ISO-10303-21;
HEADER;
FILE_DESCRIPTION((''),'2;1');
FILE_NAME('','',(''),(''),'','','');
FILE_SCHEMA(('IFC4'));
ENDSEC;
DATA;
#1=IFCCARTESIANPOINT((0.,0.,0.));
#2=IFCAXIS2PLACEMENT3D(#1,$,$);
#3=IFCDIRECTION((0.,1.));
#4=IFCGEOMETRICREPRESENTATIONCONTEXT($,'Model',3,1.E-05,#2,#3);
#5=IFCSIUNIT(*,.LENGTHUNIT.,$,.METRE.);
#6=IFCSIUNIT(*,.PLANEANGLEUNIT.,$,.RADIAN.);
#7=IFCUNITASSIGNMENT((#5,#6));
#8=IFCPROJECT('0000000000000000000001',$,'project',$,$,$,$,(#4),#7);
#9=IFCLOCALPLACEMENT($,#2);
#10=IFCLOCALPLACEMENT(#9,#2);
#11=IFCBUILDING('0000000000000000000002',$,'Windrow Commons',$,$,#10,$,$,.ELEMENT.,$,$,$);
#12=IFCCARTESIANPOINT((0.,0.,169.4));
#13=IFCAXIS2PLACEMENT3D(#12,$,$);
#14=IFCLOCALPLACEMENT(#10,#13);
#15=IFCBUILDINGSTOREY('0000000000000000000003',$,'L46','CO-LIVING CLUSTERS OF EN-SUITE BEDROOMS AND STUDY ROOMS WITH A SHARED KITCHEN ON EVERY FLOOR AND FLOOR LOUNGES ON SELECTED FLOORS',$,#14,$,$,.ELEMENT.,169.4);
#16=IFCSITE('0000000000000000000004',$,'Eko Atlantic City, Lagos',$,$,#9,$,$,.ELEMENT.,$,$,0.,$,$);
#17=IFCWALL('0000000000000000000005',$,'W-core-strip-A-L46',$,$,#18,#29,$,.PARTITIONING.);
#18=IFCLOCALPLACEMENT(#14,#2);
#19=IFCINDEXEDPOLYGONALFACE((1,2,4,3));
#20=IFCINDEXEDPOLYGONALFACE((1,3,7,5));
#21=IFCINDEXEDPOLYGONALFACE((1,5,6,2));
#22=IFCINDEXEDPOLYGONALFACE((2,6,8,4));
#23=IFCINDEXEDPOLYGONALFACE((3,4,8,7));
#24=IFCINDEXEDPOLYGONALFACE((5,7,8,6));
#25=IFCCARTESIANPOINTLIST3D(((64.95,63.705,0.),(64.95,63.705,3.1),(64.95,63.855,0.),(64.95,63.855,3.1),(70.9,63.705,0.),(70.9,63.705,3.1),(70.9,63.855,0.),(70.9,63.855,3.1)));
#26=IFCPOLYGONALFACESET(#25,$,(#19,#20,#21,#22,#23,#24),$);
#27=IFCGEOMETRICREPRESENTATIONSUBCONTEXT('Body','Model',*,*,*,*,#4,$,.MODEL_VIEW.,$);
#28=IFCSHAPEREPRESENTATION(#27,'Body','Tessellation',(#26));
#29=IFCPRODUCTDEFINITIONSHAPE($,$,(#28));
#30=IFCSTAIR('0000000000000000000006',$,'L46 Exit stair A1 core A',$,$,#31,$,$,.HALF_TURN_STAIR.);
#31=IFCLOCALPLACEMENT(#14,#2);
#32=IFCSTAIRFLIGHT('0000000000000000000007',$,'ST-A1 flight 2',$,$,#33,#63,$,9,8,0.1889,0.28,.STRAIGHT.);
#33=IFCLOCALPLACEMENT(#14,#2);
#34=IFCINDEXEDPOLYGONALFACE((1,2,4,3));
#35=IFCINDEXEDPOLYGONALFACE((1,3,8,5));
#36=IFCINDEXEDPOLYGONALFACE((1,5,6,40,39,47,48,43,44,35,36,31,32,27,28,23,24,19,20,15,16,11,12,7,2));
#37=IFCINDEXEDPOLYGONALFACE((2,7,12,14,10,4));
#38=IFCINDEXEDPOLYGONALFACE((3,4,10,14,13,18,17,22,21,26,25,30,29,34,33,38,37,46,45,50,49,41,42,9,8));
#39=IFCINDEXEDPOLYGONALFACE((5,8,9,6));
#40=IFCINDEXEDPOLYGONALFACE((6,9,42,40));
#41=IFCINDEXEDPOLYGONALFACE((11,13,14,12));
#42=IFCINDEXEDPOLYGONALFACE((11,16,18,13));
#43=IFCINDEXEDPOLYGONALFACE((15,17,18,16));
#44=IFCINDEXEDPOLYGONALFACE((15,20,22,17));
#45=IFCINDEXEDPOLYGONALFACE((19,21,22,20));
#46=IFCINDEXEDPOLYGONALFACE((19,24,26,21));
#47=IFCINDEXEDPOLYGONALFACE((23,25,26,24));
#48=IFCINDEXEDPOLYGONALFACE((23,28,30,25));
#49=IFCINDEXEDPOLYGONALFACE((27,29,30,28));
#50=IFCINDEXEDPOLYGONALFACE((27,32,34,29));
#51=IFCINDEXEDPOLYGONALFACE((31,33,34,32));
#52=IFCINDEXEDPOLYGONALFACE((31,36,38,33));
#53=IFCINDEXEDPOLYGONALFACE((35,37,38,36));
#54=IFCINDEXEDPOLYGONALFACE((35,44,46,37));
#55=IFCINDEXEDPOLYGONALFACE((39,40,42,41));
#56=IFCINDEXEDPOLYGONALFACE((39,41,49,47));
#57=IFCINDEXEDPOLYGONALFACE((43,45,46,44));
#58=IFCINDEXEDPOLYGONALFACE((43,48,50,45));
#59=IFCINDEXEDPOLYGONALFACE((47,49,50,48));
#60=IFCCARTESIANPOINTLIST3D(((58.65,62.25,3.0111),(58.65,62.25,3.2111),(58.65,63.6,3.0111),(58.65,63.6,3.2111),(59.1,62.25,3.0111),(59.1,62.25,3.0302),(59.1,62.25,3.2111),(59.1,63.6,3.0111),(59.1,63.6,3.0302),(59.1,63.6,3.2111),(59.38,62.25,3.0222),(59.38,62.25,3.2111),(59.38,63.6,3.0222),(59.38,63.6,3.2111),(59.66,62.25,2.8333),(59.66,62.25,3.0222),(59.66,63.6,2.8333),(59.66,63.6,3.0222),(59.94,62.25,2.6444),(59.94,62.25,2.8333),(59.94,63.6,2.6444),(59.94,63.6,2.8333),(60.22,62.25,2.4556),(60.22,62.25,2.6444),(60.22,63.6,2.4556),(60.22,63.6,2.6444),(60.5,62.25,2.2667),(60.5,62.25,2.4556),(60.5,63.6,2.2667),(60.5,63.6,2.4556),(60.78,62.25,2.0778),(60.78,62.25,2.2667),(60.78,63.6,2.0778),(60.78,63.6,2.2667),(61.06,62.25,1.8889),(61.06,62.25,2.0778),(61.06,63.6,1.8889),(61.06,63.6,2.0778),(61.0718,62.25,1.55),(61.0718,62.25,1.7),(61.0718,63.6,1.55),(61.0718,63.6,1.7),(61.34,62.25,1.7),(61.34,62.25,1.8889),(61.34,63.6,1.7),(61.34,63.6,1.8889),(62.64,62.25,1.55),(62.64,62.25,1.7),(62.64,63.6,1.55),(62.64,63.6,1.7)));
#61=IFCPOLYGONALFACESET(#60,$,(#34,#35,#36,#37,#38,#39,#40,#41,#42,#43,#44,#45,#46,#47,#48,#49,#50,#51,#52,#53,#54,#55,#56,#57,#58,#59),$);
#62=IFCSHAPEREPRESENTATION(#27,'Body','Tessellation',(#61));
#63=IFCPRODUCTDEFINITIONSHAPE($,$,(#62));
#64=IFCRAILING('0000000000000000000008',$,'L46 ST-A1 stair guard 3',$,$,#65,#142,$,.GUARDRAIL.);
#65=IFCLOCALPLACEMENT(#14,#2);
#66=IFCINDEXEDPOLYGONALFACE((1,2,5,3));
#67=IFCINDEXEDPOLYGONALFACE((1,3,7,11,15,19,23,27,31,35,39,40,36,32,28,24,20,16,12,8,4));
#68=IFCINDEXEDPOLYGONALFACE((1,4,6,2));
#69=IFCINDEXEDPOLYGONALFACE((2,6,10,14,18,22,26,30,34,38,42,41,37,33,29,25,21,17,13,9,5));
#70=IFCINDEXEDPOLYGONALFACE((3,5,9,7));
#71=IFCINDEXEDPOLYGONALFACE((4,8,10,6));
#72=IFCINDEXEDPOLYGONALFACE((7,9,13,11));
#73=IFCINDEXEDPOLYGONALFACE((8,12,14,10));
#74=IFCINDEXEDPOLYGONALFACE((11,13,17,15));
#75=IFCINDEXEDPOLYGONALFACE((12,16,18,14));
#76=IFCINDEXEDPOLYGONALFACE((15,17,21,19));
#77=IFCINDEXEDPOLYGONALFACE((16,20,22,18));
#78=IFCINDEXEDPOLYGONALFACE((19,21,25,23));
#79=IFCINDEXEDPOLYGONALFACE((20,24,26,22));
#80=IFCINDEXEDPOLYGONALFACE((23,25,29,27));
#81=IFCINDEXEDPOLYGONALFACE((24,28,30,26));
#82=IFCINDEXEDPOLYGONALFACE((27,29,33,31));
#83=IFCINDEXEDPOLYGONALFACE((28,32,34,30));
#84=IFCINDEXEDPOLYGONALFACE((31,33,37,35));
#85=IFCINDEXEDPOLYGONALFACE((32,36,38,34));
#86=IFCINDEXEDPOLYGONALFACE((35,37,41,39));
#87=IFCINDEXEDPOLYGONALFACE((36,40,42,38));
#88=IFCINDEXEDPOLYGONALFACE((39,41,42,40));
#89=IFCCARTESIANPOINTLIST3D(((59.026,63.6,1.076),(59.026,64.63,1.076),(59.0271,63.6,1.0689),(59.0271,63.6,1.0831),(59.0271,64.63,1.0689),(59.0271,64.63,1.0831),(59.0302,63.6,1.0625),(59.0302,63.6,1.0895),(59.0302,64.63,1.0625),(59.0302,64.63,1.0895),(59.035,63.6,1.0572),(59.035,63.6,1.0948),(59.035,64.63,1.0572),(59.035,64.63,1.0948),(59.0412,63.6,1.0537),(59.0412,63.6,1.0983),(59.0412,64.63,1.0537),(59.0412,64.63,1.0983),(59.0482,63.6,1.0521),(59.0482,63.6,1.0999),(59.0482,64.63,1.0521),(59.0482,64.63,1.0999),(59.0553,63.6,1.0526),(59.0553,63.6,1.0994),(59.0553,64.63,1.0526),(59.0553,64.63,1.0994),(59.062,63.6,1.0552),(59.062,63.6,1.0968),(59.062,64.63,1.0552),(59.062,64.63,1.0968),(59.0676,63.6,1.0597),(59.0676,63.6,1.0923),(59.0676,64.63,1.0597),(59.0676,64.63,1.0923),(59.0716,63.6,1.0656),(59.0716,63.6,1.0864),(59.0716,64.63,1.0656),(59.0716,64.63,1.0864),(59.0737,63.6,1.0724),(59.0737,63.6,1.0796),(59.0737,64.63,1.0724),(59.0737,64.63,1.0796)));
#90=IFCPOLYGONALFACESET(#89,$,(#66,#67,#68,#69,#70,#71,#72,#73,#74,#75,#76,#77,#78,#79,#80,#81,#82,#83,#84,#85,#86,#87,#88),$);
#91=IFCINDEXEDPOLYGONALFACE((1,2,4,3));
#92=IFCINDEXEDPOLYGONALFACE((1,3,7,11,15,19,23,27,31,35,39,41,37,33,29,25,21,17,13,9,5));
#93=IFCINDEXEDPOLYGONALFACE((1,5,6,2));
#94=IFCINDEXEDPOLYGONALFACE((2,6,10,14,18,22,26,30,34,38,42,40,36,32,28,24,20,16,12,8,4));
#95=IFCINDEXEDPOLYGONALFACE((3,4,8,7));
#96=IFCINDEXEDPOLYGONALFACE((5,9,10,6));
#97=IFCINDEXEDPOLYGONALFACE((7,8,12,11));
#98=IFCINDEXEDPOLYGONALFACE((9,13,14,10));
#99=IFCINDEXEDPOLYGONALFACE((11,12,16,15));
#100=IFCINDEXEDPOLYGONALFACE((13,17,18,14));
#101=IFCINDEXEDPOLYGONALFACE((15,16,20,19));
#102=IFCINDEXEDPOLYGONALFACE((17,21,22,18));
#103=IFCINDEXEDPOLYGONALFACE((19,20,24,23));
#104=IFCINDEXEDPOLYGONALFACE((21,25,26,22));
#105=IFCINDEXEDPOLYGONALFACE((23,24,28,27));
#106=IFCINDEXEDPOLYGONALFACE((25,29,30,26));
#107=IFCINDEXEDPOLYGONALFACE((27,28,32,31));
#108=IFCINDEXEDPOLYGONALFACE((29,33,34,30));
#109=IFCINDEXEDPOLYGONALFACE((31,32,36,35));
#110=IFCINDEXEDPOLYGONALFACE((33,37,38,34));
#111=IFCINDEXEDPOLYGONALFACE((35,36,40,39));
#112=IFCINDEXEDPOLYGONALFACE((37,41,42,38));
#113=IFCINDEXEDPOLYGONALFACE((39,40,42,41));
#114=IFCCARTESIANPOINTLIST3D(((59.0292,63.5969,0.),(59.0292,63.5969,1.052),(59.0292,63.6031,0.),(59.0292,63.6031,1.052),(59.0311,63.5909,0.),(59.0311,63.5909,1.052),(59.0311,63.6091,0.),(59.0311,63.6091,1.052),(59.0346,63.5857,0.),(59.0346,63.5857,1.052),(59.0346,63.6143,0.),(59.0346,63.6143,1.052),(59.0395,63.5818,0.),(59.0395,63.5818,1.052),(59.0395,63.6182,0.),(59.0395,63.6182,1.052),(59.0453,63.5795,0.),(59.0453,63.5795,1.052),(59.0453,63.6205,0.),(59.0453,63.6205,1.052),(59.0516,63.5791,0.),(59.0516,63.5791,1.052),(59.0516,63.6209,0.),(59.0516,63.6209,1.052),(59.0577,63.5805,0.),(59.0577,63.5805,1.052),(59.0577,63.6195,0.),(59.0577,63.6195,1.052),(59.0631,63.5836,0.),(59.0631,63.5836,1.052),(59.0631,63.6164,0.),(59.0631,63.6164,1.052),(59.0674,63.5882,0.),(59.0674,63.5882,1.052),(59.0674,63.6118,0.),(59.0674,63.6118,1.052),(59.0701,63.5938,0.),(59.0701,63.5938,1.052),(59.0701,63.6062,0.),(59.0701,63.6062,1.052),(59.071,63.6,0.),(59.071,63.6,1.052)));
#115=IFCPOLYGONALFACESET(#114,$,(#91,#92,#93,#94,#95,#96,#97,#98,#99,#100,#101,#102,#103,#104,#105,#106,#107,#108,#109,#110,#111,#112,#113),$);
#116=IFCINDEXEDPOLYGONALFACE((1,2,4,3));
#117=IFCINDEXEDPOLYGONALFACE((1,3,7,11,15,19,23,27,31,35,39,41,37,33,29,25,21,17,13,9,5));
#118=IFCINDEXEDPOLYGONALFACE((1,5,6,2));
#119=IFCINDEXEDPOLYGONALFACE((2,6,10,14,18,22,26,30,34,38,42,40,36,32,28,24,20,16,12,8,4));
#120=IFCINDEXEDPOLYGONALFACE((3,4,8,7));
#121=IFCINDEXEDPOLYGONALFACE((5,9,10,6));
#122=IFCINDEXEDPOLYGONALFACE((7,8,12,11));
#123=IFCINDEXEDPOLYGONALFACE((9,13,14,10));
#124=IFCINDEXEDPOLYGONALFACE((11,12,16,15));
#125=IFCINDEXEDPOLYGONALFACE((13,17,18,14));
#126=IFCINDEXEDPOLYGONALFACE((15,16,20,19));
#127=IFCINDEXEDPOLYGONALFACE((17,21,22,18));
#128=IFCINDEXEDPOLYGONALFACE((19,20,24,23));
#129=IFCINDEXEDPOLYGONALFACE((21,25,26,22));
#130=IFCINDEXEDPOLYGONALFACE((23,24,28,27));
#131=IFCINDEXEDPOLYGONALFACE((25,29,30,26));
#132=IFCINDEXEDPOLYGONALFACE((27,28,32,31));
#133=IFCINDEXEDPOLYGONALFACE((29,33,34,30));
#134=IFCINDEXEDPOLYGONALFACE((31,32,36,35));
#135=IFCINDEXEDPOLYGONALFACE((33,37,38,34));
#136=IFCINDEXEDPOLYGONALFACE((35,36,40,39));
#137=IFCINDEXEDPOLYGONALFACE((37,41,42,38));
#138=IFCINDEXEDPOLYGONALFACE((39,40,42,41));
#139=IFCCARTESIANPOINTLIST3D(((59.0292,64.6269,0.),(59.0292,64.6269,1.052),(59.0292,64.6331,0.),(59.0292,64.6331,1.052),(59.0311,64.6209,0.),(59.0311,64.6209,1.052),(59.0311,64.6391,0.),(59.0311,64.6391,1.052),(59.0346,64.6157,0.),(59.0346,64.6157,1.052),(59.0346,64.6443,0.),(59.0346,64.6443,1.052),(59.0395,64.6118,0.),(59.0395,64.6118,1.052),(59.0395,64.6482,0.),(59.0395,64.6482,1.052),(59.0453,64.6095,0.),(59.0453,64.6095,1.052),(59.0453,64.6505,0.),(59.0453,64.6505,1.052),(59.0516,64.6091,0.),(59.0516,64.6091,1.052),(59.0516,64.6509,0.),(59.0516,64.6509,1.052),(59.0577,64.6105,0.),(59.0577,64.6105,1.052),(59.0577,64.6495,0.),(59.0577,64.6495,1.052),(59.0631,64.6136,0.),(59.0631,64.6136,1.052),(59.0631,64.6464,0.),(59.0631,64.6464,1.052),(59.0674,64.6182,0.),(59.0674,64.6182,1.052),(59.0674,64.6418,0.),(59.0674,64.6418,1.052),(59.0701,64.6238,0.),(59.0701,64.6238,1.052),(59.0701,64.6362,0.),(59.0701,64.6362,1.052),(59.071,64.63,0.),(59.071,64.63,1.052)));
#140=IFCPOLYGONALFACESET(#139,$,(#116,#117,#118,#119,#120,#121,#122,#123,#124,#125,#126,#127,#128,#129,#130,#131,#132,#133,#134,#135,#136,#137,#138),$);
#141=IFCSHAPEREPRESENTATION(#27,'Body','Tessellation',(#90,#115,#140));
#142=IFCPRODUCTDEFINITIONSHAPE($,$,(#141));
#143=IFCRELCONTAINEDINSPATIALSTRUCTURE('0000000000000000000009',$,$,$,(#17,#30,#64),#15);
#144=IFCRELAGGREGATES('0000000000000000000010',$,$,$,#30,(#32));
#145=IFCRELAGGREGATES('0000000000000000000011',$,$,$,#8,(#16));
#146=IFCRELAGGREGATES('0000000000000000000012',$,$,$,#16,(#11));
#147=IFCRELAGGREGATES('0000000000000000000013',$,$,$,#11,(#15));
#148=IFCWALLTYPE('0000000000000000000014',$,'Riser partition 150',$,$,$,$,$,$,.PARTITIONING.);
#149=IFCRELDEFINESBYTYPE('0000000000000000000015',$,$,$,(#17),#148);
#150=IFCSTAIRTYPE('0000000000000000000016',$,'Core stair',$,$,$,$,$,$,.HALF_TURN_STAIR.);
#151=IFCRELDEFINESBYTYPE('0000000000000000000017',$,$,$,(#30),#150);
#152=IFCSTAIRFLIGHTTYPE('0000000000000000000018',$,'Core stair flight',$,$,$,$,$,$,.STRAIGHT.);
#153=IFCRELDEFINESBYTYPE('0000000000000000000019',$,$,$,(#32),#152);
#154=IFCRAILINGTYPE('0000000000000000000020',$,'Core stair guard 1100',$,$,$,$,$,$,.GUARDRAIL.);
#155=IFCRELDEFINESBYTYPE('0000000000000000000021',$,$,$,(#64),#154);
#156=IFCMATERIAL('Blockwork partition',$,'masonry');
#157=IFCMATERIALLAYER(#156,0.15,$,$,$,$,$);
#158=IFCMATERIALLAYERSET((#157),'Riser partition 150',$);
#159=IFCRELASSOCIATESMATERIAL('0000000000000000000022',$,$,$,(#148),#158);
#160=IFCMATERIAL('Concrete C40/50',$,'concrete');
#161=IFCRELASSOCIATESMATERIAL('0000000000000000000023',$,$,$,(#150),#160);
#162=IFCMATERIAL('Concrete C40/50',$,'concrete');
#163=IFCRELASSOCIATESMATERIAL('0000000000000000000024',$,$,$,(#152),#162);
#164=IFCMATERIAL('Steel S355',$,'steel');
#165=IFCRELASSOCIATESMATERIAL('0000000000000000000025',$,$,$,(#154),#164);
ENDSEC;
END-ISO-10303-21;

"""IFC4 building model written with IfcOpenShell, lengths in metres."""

from ifc_helpers import new_model, si_unit, direction, frame, frame_2d, origin, origin_2d, place, context, subcontext, project, spatial, polyline, rectangle, circle, outline, extrude, material, layer, layer_set, type_object, element, aggregate, save


model = new_model("IFC4")

# Units and contexts
model_context = context("Model", 3, precision=1e-05, world=origin(), true_north=direction((0.0, 1.0)))
body_context = subcontext(model_context, "Body", "Model", "MODEL_VIEW")
ifc_project = project(units=[si_unit("LENGTHUNIT", "METRE"), si_unit("PLANEANGLEUNIT", "RADIAN")], contexts=[model_context])

# Site, building, storey
site_placement = place(None, origin())
site = spatial("IfcSite", under=ifc_project, at=site_placement, Name="Eko Atlantic City, Lagos", CompositionType="ELEMENT", RefElevation=0.0)
building_placement = place(site_placement, origin())
building = spatial("IfcBuilding", under=site, at=building_placement, Name="Windrow Commons", CompositionType="ELEMENT")
storey_placement = place(building_placement, frame((0.0, 0.0, 169.4)))
storey = spatial("IfcBuildingStorey", under=building, at=storey_placement, Name="L46", Description="CO-LIVING CLUSTERS OF EN-SUITE BEDROOMS AND STUDY ROOMS WITH A SHARED KITCHEN ON EVERY FLOOR AND FLOOR LOUNGES ON SELECTED FLOORS", CompositionType="ELEMENT", Elevation=169.4)

# Wall
ifc_material_1 = material(Name="Blockwork partition", Category="masonry")
ifc_layer_1 = layer(ifc_material_1, 0.15)
ifc_layer_set_1 = layer_set([ifc_layer_1], Name="Riser partition 150")
wall_type_1 = type_object("IfcWallType", Name="Riser partition 150", PredefinedType="PARTITIONING", material=ifc_layer_set_1)
wall_1_placement = place(storey_placement, frame((64.95, 63.78, 0.0), z_axis=(0.0, 0.0, 1.0), x_axis=(1.0, 0.0, 0.0)))
element("IfcWall", 1, at=wall_1_placement, inside=storey, type_object=wall_type_1, Name="W-core-strip-A-L46", PredefinedType="PARTITIONING", context=body_context, shape_type="SweptSolid", body=[
    extrude(rectangle(XDim=5.95, YDim=0.15, at=frame_2d((2.975, 0.0))), origin(), (0.0, 0.0, 1.0), 3.1),
])

# Stair, stair flight
ifc_material_2 = material(Name="Concrete C40/50", Category="concrete")
stair_type = type_object("IfcStairType", Name="Core stair", PredefinedType="HALF_TURN_STAIR", material=ifc_material_2)
stair_placement = place(storey_placement, origin())
stair = element("IfcStair", 2, at=stair_placement, inside=storey, type_object=stair_type, Name="L46 Exit stair A1 core A", PredefinedType="HALF_TURN_STAIR")
ifc_material_3 = material(Name="Concrete C40/50", Category="concrete")
stair_flight_type = type_object("IfcStairFlightType", Name="Core stair flight", PredefinedType="STRAIGHT", material=ifc_material_3)
stair_flight_placement = place(storey_placement, frame((61.34, 62.925, 1.7), z_axis=(0.0, 0.0, 1.0), x_axis=(-1.0, 0.0, 0.0)))
stair_flight = element("IfcStairFlight", 3, at=stair_flight_placement, type_object=stair_flight_type, Name="ST-A1 flight 2", NumberOfRisers=9, NumberOfTreads=8, PredefinedType="STRAIGHT", RiserHeight=0.1889, TreadLength=0.28, context=body_context, shape_type="SweptSolid", body=[
    extrude(outline(polyline([(-1.3, -0.15), (-1.3, 0.0), (0.0, 0.0), (0.0, 0.1889), (0.28, 0.1889), (0.28, 0.3778), (0.56, 0.3778), (0.56, 0.5667), (0.84, 0.5667), (0.84, 0.7556), (1.12, 0.7556), (1.12, 0.9444), (1.4, 0.9444), (1.4, 1.1333), (1.68, 1.1333), (1.68, 1.3222), (1.96, 1.3222), (1.96, 1.5111), (2.24, 1.5111), (2.69, 1.5111), (2.69, 1.3111), (2.24, 1.3111), (2.24, 1.3302), (0.2682, 0.0), (0.2682, -0.15), (-1.3, -0.15)])), frame((0.0, 0.675, 0.0), z_axis=(0.0, -1.0, 0.0), x_axis=(1.0, 0.0, 0.0)), (0.0, 0.0, 1.0), 1.35),
])
aggregate(stair, [stair_flight])

# Railing
ifc_material_4 = material(Name="Steel S355", Category="steel")
railing_type_1 = type_object("IfcRailingType", Name="Core stair guard 1100", PredefinedType="GUARDRAIL", material=ifc_material_4)
for number, where, name in (
    (4, (59.05, 63.6, 0.0), "L46 ST-A1 stair guard 3"),
):
    element("IfcRailing", number, at=place(storey_placement, frame(where)), inside=storey, type_object=railing_type_1, Name=name, PredefinedType="GUARDRAIL", context=body_context, shape_type="SweptSolid", body=[
        extrude(circle(Radius=0.024, at=origin_2d()), frame((0.0, 0.0, 1.076), z_axis=(0.0, 1.0, 0.0), x_axis=(-1.0, 0.0, 0.0)), (0.0, 0.0, 1.0), 1.03),
        extrude(circle(Radius=0.021, at=origin_2d()), origin(), (0.0, 0.0, 1.0), 1.052),
        extrude(circle(Radius=0.021, at=origin_2d()), frame((0.0, 1.03, 0.0)), (0.0, 0.0, 1.0), 1.052),
    ])

save(model, "model.ifc")
